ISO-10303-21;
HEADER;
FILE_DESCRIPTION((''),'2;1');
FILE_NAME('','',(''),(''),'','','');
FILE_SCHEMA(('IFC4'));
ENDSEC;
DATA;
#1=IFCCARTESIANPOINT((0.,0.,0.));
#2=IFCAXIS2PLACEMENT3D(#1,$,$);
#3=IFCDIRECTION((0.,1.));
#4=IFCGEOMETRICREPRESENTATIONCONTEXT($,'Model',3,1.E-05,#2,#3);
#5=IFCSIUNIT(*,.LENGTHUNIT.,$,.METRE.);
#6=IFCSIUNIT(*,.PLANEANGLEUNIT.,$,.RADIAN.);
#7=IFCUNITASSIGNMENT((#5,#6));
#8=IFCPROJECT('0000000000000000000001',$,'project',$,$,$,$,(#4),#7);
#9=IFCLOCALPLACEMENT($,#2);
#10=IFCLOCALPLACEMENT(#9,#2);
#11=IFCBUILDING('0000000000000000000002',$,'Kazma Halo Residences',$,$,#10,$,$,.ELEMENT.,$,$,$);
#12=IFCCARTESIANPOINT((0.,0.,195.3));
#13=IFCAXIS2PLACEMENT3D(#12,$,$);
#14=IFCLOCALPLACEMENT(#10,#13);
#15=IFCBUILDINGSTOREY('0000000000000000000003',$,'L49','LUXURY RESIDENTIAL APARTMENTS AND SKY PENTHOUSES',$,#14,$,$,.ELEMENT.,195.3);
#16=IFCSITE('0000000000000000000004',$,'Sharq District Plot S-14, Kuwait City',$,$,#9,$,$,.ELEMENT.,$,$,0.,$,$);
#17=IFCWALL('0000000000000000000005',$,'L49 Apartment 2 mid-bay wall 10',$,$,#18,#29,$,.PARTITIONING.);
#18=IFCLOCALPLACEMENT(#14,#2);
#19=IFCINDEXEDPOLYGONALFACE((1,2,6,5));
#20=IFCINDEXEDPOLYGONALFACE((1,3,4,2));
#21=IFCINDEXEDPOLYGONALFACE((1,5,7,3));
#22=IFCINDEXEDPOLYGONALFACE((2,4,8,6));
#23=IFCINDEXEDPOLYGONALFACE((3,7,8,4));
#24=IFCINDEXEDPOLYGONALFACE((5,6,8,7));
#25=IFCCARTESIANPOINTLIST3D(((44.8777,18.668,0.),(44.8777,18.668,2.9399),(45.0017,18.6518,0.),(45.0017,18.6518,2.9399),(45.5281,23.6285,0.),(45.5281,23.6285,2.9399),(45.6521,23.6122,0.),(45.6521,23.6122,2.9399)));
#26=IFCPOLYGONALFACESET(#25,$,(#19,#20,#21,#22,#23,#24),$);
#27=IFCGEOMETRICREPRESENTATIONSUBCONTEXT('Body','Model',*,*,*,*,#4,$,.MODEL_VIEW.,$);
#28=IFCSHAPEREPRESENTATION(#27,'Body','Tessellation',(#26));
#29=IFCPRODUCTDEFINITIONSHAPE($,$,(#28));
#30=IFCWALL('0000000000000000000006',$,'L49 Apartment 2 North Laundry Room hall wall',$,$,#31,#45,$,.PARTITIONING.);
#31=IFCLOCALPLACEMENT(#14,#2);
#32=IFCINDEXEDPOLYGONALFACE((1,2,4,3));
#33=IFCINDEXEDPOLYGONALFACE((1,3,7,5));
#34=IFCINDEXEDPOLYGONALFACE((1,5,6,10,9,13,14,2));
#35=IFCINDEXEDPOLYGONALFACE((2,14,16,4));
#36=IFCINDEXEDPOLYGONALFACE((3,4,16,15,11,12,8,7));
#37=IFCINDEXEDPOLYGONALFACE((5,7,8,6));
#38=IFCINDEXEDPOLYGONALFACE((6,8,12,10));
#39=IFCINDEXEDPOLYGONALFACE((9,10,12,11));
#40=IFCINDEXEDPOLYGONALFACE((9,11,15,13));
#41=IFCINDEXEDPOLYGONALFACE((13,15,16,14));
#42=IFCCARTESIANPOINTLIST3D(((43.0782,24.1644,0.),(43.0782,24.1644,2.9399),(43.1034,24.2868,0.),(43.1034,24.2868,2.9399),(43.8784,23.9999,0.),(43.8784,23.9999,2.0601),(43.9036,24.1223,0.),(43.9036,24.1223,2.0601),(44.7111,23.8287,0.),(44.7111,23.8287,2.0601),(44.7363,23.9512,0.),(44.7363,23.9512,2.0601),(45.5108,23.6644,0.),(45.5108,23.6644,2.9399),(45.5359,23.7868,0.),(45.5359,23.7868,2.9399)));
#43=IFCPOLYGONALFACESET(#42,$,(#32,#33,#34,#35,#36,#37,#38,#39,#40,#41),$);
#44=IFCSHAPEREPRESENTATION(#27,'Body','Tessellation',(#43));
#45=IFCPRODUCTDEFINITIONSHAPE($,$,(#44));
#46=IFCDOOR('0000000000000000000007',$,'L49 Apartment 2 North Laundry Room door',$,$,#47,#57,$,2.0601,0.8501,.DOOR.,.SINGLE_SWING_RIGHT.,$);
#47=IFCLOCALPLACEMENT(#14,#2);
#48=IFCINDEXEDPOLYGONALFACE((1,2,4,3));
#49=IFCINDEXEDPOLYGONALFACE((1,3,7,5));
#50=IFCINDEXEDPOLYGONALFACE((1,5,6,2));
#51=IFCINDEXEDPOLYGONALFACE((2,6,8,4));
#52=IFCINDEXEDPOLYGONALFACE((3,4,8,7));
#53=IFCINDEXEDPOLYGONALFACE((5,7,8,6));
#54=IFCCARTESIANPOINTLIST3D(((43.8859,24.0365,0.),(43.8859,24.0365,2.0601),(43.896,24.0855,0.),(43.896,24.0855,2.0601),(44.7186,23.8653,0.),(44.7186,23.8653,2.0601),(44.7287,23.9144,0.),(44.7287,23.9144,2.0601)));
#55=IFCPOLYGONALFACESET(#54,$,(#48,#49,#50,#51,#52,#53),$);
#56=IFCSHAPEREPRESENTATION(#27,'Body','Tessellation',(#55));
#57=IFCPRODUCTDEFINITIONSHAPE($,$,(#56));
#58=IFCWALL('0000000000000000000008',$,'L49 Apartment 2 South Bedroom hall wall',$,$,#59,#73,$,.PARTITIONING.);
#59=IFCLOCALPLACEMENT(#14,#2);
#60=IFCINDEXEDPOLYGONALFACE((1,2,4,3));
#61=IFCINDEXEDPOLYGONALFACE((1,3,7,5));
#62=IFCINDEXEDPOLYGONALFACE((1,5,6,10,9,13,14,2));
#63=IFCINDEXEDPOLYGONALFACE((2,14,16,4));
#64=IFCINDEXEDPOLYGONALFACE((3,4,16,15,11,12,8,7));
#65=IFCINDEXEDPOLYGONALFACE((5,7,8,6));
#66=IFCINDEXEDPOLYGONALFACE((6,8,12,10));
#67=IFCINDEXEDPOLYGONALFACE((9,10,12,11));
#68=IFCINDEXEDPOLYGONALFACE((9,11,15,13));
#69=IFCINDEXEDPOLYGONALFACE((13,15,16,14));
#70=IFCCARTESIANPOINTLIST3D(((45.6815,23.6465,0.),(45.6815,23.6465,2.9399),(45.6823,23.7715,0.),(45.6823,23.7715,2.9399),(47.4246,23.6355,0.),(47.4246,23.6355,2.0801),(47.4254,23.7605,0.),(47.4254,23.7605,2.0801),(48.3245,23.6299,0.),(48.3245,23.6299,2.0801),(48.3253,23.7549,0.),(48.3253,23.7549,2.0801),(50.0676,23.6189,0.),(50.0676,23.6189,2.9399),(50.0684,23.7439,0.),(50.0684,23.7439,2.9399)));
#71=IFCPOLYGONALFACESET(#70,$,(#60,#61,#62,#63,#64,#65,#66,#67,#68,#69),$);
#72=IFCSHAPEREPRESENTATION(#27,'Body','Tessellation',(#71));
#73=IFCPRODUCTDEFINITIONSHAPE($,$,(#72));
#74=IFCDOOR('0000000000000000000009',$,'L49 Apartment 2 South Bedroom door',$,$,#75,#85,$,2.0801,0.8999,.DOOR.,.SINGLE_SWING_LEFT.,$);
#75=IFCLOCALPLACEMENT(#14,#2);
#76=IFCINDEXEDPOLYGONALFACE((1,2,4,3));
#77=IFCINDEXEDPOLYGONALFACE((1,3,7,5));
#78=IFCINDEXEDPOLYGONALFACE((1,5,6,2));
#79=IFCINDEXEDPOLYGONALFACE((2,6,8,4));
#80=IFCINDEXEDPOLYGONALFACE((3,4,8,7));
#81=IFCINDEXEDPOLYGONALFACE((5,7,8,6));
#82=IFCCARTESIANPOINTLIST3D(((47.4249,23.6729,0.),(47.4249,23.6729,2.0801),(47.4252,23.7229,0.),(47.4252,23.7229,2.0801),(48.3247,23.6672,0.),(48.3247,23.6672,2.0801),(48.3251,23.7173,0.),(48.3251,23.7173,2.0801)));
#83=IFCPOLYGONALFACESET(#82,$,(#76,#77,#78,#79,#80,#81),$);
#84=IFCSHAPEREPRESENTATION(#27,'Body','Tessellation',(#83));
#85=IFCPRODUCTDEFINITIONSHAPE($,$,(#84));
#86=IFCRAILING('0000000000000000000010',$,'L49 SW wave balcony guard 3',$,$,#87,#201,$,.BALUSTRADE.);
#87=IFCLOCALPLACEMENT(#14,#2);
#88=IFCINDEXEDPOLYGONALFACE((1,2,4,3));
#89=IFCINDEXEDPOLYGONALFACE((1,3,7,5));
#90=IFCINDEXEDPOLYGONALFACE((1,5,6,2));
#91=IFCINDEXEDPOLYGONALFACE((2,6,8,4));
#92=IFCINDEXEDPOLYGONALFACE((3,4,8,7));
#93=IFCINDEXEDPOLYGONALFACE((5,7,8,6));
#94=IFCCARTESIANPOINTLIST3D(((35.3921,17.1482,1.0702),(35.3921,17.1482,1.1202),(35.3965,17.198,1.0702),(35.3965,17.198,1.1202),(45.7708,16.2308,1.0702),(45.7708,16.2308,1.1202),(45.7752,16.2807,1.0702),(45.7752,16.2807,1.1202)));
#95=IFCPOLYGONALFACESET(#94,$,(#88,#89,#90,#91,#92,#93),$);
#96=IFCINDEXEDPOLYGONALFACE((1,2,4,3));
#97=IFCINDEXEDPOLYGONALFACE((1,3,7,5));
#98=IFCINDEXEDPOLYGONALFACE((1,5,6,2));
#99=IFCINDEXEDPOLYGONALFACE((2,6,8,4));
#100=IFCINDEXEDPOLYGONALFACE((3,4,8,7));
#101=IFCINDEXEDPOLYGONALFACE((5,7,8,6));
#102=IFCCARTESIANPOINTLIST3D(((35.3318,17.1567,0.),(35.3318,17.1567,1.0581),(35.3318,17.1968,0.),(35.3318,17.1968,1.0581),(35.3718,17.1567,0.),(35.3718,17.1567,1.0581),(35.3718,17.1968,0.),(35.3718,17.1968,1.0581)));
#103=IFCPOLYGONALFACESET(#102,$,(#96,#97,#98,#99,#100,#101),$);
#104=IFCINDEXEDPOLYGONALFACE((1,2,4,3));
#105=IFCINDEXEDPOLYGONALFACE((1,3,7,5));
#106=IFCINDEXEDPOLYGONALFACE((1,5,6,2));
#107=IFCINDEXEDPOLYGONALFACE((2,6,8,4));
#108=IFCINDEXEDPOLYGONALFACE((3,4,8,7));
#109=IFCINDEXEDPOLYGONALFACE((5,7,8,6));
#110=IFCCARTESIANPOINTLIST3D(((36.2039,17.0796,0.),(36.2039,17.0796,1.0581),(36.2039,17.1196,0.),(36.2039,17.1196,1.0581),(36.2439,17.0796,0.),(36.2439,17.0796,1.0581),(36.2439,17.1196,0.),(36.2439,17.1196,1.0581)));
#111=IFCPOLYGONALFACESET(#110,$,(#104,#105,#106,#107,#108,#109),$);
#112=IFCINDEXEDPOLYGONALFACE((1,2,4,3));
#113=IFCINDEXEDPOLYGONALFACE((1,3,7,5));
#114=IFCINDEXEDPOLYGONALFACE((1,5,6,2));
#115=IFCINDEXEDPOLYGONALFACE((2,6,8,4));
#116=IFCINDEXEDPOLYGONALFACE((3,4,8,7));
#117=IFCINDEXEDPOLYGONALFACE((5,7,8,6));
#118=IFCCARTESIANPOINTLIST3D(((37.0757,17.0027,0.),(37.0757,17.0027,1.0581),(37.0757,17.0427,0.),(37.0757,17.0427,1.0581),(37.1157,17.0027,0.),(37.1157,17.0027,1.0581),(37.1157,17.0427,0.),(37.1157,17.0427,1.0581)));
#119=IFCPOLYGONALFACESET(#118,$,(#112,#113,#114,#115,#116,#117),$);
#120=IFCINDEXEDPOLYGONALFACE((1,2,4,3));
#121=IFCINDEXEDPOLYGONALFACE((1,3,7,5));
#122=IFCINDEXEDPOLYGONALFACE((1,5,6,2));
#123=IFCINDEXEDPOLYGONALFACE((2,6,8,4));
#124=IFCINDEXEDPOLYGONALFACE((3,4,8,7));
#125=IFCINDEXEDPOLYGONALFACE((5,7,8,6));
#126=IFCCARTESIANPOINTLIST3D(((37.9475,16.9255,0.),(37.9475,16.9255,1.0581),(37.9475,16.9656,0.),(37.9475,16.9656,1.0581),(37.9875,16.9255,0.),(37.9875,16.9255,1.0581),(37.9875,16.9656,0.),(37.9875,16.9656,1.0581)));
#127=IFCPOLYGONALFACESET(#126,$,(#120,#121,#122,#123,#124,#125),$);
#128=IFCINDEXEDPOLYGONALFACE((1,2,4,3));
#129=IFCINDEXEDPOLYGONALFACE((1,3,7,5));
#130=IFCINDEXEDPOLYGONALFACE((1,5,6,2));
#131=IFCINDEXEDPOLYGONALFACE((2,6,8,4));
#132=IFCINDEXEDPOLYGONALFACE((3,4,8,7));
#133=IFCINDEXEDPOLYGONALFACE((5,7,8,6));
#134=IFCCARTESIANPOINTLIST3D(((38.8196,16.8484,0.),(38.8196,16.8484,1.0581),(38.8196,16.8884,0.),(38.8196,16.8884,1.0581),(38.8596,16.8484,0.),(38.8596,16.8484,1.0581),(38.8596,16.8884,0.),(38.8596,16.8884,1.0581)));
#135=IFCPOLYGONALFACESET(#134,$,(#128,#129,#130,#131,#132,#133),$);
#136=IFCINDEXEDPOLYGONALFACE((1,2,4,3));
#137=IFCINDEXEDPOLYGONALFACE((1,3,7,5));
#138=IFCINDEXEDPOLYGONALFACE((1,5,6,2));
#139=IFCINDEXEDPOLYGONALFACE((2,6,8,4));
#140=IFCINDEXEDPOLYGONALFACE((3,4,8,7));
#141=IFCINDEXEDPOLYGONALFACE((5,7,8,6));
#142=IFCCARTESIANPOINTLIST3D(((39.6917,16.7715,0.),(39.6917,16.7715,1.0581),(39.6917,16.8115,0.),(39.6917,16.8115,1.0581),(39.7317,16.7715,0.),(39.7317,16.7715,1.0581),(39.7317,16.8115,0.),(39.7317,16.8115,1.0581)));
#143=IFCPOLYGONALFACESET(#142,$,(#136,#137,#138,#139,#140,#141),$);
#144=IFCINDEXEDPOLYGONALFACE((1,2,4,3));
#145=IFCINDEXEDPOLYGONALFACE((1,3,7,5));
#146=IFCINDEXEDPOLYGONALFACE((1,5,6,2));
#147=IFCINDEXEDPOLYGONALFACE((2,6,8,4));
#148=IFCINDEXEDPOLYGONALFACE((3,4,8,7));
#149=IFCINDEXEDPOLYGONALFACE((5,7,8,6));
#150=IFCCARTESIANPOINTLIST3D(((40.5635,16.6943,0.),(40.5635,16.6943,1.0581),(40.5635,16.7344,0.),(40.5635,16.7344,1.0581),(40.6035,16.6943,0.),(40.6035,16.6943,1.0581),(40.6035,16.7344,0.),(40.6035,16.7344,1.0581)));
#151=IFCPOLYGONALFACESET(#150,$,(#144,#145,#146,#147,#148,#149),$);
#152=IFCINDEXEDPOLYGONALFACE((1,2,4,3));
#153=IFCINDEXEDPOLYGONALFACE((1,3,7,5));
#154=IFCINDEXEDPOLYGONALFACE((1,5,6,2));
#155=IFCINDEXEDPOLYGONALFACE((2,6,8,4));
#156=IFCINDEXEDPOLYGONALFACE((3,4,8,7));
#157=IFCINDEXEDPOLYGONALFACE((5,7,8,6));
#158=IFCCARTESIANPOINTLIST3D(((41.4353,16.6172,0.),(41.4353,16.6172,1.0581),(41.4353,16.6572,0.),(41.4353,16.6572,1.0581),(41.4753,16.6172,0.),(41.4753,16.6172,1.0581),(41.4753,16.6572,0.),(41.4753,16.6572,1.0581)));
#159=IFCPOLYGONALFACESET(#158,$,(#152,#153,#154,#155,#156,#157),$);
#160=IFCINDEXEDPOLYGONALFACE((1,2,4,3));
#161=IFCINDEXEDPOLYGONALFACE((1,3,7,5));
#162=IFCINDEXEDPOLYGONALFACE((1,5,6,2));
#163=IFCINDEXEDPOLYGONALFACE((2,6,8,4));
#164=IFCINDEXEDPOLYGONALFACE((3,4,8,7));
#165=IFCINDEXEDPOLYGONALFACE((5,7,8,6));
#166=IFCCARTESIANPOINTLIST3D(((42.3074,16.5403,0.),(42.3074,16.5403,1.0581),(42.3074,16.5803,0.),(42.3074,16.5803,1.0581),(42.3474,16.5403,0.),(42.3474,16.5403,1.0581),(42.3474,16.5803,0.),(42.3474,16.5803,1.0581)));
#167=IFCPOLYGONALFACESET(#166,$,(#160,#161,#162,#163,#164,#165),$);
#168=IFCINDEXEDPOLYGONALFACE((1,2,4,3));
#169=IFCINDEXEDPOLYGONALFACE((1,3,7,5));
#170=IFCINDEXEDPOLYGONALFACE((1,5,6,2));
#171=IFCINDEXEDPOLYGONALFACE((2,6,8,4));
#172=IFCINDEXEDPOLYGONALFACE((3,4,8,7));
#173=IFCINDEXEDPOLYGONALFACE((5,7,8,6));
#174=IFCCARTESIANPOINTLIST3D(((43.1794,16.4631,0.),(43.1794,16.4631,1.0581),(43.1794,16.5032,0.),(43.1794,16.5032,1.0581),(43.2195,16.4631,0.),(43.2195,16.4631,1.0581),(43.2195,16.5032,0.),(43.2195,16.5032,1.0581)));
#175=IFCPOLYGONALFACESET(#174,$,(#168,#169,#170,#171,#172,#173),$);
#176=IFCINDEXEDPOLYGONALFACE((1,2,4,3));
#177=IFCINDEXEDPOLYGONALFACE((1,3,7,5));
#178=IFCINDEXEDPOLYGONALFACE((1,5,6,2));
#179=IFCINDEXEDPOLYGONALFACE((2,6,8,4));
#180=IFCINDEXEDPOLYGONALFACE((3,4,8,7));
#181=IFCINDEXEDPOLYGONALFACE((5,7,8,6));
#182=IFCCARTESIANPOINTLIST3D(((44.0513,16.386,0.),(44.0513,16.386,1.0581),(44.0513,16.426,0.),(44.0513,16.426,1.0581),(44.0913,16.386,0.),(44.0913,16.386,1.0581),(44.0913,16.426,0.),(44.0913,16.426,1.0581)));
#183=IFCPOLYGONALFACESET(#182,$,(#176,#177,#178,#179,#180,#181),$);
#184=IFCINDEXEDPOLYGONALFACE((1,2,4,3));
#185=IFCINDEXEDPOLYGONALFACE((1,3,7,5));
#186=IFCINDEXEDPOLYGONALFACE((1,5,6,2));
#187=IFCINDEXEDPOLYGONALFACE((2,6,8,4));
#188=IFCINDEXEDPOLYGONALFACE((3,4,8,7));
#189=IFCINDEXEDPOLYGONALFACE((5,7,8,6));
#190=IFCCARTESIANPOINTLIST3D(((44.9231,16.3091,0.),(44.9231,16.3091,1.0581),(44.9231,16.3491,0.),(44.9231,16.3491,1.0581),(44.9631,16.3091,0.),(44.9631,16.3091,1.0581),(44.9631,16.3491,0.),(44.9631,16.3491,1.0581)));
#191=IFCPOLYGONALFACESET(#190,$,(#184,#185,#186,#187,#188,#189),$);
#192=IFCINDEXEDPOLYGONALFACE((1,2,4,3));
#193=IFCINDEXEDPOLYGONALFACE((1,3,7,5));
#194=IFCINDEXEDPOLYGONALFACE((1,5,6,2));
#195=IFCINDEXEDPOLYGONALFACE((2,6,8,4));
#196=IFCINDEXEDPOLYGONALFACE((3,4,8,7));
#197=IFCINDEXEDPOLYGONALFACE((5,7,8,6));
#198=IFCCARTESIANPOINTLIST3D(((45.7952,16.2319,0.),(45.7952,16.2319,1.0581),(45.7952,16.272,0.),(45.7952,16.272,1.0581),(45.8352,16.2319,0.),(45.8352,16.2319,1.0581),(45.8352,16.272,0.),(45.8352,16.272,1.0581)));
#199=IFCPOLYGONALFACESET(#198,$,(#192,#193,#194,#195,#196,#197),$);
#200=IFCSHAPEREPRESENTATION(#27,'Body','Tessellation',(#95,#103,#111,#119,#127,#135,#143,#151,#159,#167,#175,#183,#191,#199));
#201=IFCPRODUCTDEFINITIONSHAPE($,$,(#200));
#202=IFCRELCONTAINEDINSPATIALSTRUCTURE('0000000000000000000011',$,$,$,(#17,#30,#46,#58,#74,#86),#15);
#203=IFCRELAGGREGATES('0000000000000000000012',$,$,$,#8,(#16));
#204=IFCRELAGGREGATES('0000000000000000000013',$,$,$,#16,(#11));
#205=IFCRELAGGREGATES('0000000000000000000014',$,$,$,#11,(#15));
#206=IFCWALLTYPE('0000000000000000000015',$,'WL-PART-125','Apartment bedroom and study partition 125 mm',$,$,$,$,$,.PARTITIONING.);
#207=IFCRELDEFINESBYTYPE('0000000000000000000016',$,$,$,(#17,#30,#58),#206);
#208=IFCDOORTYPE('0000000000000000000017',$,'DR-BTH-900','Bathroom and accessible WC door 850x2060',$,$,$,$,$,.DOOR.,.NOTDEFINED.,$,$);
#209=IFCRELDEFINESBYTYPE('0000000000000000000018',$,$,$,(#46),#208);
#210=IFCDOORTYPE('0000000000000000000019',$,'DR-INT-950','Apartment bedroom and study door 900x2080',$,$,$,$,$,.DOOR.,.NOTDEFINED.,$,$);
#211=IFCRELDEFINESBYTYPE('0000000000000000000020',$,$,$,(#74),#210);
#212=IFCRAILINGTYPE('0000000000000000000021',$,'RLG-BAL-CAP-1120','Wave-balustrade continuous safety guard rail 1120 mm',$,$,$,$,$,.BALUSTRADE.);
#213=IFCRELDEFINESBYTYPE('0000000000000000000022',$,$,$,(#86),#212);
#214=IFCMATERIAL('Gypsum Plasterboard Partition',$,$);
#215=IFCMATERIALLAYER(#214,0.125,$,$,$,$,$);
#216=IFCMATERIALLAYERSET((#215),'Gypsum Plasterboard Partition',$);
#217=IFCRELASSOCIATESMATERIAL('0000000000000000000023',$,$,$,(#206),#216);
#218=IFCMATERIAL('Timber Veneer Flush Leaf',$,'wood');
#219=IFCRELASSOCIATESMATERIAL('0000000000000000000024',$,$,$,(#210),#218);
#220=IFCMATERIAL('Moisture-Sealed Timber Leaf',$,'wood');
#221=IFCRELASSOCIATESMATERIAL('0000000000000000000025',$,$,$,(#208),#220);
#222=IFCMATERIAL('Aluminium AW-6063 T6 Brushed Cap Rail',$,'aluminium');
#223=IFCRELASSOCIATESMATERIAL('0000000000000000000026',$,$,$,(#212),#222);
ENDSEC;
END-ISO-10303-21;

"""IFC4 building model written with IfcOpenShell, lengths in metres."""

from ifc_helpers import new_model, si_unit, direction, frame, frame_2d, origin, origin_2d, place, context, subcontext, project, spatial, rectangle, extrude, material, layer, layer_set, type_object, element, fill, save


model = new_model("IFC4")

# Units and contexts
model_context = context("Model", 3, precision=1e-05, world=origin(), true_north=direction((0.0, 1.0)))
body_context = subcontext(model_context, "Body", "Model", "MODEL_VIEW")
ifc_project = project(units=[si_unit("LENGTHUNIT", "METRE"), si_unit("PLANEANGLEUNIT", "RADIAN")], contexts=[model_context])

# Site, building, storey
site_placement = place(None, origin())
site = spatial("IfcSite", under=ifc_project, at=site_placement, Name="Sharq District Plot S-14, Kuwait City", CompositionType="ELEMENT", RefElevation=0.0)
building_placement = place(site_placement, origin())
building = spatial("IfcBuilding", under=site, at=building_placement, Name="Kazma Halo Residences", CompositionType="ELEMENT")
storey_placement = place(building_placement, frame((0.0, 0.0, 195.3)))
storey = spatial("IfcBuildingStorey", under=building, at=storey_placement, Name="L49", Description="LUXURY RESIDENTIAL APARTMENTS AND SKY PENTHOUSES", CompositionType="ELEMENT", Elevation=195.3)

# Shared definitions
ifc_material_1 = material(Name="Gypsum Plasterboard Partition")
ifc_layer_1 = layer(ifc_material_1, 0.125)
ifc_layer_set_1 = layer_set([ifc_layer_1], Name="Gypsum Plasterboard Partition")
wall_type_1 = type_object("IfcWallType", Name="WL-PART-125", Description="Apartment bedroom and study partition 125 mm", PredefinedType="PARTITIONING", material=ifc_layer_set_1)

# Shared definitions
ifc_material_2 = material(Name="Timber Veneer Flush Leaf", Category="wood")
door_type_1 = type_object("IfcDoorType", Name="DR-INT-950", Description="Apartment bedroom and study door 900x2080", OperationType="NOTDEFINED", PredefinedType="DOOR", material=ifc_material_2)

# Wall
wall_1_placement = place(storey_placement, frame((45.5901, 23.6204, 0.0), z_axis=(0.0, 0.0, 1.0), x_axis=(-0.130003, -0.991514, 0.0)))
element("IfcWall", 1, at=wall_1_placement, inside=storey, type_object=wall_type_1, Name="L49 Apartment 2 mid-bay wall 10", PredefinedType="PARTITIONING", context=body_context, shape_type="SweptSolid", body=[
    extrude(rectangle(XDim=5.0029, YDim=0.125, at=frame_2d((2.5015, 0.0))), origin(), (0.0, 0.0, 1.0), 2.9399),
])

# Walls, openings, doors
wall_2_placement = place(storey_placement, frame((43.0908, 24.2256, 0.0), z_axis=(0.0, 0.0, 1.0), x_axis=(0.979523, -0.201331, 0.0)))
wall_2 = element("IfcWall", 2, at=wall_2_placement, inside=storey, type_object=wall_type_1, Name="L49 Apartment 2 North Laundry Room hall wall", PredefinedType="PARTITIONING", context=body_context, shape_type="SweptSolid", body=[
    extrude(rectangle(XDim=2.4834, YDim=0.125, at=frame_2d((1.2417, 0.0))), origin(), (0.0, 0.0, 1.0), 2.9399),
])
opening_1_placement = place(wall_2_placement, frame((0.8169, 0.0, 0.0)))
opening_1 = element("IfcOpeningElement", 3, at=opening_1_placement, cuts=wall_2, PredefinedType="OPENING", context=body_context, shape_type="SweptSolid", body=[
    extrude(rectangle(XDim=0.8501, YDim=2.0601, at=frame_2d((0.425, 1.03))), frame((0.0, 0.0725, 0.0), z_axis=(0.0, -1.0, 0.0), x_axis=(1.0, 0.0, 0.0)), (0.0, 0.0, 1.0), 0.145),
])
ifc_material_3 = material(Name="Moisture-Sealed Timber Leaf", Category="wood")
door_type_2 = type_object("IfcDoorType", Name="DR-BTH-900", Description="Bathroom and accessible WC door 850x2060", OperationType="NOTDEFINED", PredefinedType="DOOR", material=ifc_material_3)
door_1_placement = place(opening_1_placement, origin())
door_1 = element("IfcDoor", 4, at=door_1_placement, inside=storey, type_object=door_type_2, Name="L49 Apartment 2 North Laundry Room door", OperationType="SINGLE_SWING_RIGHT", OverallHeight=2.0601, OverallWidth=0.8501, PredefinedType="DOOR", context=body_context, shape_type="SweptSolid", body=[
    extrude(rectangle(XDim=0.8501, YDim=2.0601, at=frame_2d((0.425, 1.03))), frame((0.0, 0.0249, 0.0), z_axis=(0.0, -1.0, 0.0), x_axis=(1.0, 0.0, 0.0)), (0.0, 0.0, 1.0), 0.05),
])
fill(opening_1, door_1)
wall_3_placement = place(storey_placement, frame((45.6819, 23.709, 0.0), z_axis=(0.0, 0.0, 1.0), x_axis=(0.99998, -0.00629, 0.0)))
wall_3 = element("IfcWall", 5, at=wall_3_placement, inside=storey, type_object=wall_type_1, Name="L49 Apartment 2 South Bedroom hall wall", PredefinedType="PARTITIONING", context=body_context, shape_type="SweptSolid", body=[
    extrude(rectangle(XDim=4.3862, YDim=0.125, at=frame_2d((2.1931, 0.0))), origin(), (0.0, 0.0, 1.0), 2.9399),
])
opening_2_placement = place(wall_3_placement, frame((1.7432, 0.0, 0.0)))
opening_2 = element("IfcOpeningElement", 6, at=opening_2_placement, cuts=wall_3, PredefinedType="OPENING", context=body_context, shape_type="SweptSolid", body=[
    extrude(rectangle(XDim=0.8999, YDim=2.0801, at=frame_2d((0.45, 1.04))), frame((0.0, 0.0725, 0.0), z_axis=(0.0, -1.0, 0.0), x_axis=(1.0, 0.0, 0.0)), (0.0, 0.0, 1.0), 0.145),
])
door_2_placement = place(opening_2_placement, origin())
door_2 = element("IfcDoor", 7, at=door_2_placement, inside=storey, type_object=door_type_1, Name="L49 Apartment 2 South Bedroom door", OperationType="SINGLE_SWING_LEFT", OverallHeight=2.0801, OverallWidth=0.8999, PredefinedType="DOOR", context=body_context, shape_type="SweptSolid", body=[
    extrude(rectangle(XDim=0.8999, YDim=2.0801, at=frame_2d((0.45, 1.04))), frame((0.0, 0.0249, 0.0), z_axis=(0.0, -1.0, 0.0), x_axis=(1.0, 0.0, 0.0)), (0.0, 0.0, 1.0), 0.05),
])
fill(opening_2, door_2)

# Railing
ifc_material_4 = material(Name="Aluminium AW-6063 T6 Brushed Cap Rail", Category="aluminium")
railing_type = type_object("IfcRailingType", Name="RLG-BAL-CAP-1120", Description="Wave-balustrade continuous safety guard rail 1120 mm", PredefinedType="BALUSTRADE", material=ifc_material_4)
railing_1_placement = place(storey_placement, frame((35.3518, 17.1768, 0.0)))
element("IfcRailing", 8, at=railing_1_placement, inside=storey, type_object=railing_type, Name="L49 SW wave balcony guard 3", PredefinedType="BALUSTRADE", context=body_context, shape_type="SweptSolid", body=[
    extrude(rectangle(XDim=0.05, YDim=0.05, at=origin_2d()), frame((0.0425, -0.0037, 1.0952), z_axis=(0.996117, -0.088042, 0.0), x_axis=(0.088042, 0.996117, 0.0)), (0.0, 0.0, 1.0), 10.4192),
    extrude(rectangle(XDim=0.04, YDim=0.04, at=origin_2d()), origin(), (0.0, 0.0, 1.0), 1.0581),
    extrude(rectangle(XDim=0.04, YDim=0.04, at=origin_2d()), frame((0.8721, -0.0771, 0.0)), (0.0, 0.0, 1.0), 1.0581),
    extrude(rectangle(XDim=0.04, YDim=0.04, at=origin_2d()), frame((1.7439, -0.1541, 0.0)), (0.0, 0.0, 1.0), 1.0581),
    extrude(rectangle(XDim=0.04, YDim=0.04, at=origin_2d()), frame((2.6157, -0.2312, 0.0)), (0.0, 0.0, 1.0), 1.0581),
    extrude(rectangle(XDim=0.04, YDim=0.04, at=origin_2d()), frame((3.4878, -0.3083, 0.0)), (0.0, 0.0, 1.0), 1.0581),
    extrude(rectangle(XDim=0.04, YDim=0.04, at=origin_2d()), frame((4.3599, -0.3853, 0.0)), (0.0, 0.0, 1.0), 1.0581),
    extrude(rectangle(XDim=0.04, YDim=0.04, at=origin_2d()), frame((5.2317, -0.4624, 0.0)), (0.0, 0.0, 1.0), 1.0581),
    extrude(rectangle(XDim=0.04, YDim=0.04, at=origin_2d()), frame((6.1035, -0.5396, 0.0)), (0.0, 0.0, 1.0), 1.0581),
    extrude(rectangle(XDim=0.04, YDim=0.04, at=origin_2d()), frame((6.9756, -0.6165, 0.0)), (0.0, 0.0, 1.0), 1.0581),
    extrude(rectangle(XDim=0.04, YDim=0.04, at=origin_2d()), frame((7.8477, -0.6936, 0.0)), (0.0, 0.0, 1.0), 1.0581),
    extrude(rectangle(XDim=0.04, YDim=0.04, at=origin_2d()), frame((8.7195, -0.7708, 0.0)), (0.0, 0.0, 1.0), 1.0581),
    extrude(rectangle(XDim=0.04, YDim=0.04, at=origin_2d()), frame((9.5913, -0.8477, 0.0)), (0.0, 0.0, 1.0), 1.0581),
    extrude(rectangle(XDim=0.04, YDim=0.04, at=origin_2d()), frame((10.4634, -0.9248, 0.0)), (0.0, 0.0, 1.0), 1.0581),
])

save(model, "model.ifc")
